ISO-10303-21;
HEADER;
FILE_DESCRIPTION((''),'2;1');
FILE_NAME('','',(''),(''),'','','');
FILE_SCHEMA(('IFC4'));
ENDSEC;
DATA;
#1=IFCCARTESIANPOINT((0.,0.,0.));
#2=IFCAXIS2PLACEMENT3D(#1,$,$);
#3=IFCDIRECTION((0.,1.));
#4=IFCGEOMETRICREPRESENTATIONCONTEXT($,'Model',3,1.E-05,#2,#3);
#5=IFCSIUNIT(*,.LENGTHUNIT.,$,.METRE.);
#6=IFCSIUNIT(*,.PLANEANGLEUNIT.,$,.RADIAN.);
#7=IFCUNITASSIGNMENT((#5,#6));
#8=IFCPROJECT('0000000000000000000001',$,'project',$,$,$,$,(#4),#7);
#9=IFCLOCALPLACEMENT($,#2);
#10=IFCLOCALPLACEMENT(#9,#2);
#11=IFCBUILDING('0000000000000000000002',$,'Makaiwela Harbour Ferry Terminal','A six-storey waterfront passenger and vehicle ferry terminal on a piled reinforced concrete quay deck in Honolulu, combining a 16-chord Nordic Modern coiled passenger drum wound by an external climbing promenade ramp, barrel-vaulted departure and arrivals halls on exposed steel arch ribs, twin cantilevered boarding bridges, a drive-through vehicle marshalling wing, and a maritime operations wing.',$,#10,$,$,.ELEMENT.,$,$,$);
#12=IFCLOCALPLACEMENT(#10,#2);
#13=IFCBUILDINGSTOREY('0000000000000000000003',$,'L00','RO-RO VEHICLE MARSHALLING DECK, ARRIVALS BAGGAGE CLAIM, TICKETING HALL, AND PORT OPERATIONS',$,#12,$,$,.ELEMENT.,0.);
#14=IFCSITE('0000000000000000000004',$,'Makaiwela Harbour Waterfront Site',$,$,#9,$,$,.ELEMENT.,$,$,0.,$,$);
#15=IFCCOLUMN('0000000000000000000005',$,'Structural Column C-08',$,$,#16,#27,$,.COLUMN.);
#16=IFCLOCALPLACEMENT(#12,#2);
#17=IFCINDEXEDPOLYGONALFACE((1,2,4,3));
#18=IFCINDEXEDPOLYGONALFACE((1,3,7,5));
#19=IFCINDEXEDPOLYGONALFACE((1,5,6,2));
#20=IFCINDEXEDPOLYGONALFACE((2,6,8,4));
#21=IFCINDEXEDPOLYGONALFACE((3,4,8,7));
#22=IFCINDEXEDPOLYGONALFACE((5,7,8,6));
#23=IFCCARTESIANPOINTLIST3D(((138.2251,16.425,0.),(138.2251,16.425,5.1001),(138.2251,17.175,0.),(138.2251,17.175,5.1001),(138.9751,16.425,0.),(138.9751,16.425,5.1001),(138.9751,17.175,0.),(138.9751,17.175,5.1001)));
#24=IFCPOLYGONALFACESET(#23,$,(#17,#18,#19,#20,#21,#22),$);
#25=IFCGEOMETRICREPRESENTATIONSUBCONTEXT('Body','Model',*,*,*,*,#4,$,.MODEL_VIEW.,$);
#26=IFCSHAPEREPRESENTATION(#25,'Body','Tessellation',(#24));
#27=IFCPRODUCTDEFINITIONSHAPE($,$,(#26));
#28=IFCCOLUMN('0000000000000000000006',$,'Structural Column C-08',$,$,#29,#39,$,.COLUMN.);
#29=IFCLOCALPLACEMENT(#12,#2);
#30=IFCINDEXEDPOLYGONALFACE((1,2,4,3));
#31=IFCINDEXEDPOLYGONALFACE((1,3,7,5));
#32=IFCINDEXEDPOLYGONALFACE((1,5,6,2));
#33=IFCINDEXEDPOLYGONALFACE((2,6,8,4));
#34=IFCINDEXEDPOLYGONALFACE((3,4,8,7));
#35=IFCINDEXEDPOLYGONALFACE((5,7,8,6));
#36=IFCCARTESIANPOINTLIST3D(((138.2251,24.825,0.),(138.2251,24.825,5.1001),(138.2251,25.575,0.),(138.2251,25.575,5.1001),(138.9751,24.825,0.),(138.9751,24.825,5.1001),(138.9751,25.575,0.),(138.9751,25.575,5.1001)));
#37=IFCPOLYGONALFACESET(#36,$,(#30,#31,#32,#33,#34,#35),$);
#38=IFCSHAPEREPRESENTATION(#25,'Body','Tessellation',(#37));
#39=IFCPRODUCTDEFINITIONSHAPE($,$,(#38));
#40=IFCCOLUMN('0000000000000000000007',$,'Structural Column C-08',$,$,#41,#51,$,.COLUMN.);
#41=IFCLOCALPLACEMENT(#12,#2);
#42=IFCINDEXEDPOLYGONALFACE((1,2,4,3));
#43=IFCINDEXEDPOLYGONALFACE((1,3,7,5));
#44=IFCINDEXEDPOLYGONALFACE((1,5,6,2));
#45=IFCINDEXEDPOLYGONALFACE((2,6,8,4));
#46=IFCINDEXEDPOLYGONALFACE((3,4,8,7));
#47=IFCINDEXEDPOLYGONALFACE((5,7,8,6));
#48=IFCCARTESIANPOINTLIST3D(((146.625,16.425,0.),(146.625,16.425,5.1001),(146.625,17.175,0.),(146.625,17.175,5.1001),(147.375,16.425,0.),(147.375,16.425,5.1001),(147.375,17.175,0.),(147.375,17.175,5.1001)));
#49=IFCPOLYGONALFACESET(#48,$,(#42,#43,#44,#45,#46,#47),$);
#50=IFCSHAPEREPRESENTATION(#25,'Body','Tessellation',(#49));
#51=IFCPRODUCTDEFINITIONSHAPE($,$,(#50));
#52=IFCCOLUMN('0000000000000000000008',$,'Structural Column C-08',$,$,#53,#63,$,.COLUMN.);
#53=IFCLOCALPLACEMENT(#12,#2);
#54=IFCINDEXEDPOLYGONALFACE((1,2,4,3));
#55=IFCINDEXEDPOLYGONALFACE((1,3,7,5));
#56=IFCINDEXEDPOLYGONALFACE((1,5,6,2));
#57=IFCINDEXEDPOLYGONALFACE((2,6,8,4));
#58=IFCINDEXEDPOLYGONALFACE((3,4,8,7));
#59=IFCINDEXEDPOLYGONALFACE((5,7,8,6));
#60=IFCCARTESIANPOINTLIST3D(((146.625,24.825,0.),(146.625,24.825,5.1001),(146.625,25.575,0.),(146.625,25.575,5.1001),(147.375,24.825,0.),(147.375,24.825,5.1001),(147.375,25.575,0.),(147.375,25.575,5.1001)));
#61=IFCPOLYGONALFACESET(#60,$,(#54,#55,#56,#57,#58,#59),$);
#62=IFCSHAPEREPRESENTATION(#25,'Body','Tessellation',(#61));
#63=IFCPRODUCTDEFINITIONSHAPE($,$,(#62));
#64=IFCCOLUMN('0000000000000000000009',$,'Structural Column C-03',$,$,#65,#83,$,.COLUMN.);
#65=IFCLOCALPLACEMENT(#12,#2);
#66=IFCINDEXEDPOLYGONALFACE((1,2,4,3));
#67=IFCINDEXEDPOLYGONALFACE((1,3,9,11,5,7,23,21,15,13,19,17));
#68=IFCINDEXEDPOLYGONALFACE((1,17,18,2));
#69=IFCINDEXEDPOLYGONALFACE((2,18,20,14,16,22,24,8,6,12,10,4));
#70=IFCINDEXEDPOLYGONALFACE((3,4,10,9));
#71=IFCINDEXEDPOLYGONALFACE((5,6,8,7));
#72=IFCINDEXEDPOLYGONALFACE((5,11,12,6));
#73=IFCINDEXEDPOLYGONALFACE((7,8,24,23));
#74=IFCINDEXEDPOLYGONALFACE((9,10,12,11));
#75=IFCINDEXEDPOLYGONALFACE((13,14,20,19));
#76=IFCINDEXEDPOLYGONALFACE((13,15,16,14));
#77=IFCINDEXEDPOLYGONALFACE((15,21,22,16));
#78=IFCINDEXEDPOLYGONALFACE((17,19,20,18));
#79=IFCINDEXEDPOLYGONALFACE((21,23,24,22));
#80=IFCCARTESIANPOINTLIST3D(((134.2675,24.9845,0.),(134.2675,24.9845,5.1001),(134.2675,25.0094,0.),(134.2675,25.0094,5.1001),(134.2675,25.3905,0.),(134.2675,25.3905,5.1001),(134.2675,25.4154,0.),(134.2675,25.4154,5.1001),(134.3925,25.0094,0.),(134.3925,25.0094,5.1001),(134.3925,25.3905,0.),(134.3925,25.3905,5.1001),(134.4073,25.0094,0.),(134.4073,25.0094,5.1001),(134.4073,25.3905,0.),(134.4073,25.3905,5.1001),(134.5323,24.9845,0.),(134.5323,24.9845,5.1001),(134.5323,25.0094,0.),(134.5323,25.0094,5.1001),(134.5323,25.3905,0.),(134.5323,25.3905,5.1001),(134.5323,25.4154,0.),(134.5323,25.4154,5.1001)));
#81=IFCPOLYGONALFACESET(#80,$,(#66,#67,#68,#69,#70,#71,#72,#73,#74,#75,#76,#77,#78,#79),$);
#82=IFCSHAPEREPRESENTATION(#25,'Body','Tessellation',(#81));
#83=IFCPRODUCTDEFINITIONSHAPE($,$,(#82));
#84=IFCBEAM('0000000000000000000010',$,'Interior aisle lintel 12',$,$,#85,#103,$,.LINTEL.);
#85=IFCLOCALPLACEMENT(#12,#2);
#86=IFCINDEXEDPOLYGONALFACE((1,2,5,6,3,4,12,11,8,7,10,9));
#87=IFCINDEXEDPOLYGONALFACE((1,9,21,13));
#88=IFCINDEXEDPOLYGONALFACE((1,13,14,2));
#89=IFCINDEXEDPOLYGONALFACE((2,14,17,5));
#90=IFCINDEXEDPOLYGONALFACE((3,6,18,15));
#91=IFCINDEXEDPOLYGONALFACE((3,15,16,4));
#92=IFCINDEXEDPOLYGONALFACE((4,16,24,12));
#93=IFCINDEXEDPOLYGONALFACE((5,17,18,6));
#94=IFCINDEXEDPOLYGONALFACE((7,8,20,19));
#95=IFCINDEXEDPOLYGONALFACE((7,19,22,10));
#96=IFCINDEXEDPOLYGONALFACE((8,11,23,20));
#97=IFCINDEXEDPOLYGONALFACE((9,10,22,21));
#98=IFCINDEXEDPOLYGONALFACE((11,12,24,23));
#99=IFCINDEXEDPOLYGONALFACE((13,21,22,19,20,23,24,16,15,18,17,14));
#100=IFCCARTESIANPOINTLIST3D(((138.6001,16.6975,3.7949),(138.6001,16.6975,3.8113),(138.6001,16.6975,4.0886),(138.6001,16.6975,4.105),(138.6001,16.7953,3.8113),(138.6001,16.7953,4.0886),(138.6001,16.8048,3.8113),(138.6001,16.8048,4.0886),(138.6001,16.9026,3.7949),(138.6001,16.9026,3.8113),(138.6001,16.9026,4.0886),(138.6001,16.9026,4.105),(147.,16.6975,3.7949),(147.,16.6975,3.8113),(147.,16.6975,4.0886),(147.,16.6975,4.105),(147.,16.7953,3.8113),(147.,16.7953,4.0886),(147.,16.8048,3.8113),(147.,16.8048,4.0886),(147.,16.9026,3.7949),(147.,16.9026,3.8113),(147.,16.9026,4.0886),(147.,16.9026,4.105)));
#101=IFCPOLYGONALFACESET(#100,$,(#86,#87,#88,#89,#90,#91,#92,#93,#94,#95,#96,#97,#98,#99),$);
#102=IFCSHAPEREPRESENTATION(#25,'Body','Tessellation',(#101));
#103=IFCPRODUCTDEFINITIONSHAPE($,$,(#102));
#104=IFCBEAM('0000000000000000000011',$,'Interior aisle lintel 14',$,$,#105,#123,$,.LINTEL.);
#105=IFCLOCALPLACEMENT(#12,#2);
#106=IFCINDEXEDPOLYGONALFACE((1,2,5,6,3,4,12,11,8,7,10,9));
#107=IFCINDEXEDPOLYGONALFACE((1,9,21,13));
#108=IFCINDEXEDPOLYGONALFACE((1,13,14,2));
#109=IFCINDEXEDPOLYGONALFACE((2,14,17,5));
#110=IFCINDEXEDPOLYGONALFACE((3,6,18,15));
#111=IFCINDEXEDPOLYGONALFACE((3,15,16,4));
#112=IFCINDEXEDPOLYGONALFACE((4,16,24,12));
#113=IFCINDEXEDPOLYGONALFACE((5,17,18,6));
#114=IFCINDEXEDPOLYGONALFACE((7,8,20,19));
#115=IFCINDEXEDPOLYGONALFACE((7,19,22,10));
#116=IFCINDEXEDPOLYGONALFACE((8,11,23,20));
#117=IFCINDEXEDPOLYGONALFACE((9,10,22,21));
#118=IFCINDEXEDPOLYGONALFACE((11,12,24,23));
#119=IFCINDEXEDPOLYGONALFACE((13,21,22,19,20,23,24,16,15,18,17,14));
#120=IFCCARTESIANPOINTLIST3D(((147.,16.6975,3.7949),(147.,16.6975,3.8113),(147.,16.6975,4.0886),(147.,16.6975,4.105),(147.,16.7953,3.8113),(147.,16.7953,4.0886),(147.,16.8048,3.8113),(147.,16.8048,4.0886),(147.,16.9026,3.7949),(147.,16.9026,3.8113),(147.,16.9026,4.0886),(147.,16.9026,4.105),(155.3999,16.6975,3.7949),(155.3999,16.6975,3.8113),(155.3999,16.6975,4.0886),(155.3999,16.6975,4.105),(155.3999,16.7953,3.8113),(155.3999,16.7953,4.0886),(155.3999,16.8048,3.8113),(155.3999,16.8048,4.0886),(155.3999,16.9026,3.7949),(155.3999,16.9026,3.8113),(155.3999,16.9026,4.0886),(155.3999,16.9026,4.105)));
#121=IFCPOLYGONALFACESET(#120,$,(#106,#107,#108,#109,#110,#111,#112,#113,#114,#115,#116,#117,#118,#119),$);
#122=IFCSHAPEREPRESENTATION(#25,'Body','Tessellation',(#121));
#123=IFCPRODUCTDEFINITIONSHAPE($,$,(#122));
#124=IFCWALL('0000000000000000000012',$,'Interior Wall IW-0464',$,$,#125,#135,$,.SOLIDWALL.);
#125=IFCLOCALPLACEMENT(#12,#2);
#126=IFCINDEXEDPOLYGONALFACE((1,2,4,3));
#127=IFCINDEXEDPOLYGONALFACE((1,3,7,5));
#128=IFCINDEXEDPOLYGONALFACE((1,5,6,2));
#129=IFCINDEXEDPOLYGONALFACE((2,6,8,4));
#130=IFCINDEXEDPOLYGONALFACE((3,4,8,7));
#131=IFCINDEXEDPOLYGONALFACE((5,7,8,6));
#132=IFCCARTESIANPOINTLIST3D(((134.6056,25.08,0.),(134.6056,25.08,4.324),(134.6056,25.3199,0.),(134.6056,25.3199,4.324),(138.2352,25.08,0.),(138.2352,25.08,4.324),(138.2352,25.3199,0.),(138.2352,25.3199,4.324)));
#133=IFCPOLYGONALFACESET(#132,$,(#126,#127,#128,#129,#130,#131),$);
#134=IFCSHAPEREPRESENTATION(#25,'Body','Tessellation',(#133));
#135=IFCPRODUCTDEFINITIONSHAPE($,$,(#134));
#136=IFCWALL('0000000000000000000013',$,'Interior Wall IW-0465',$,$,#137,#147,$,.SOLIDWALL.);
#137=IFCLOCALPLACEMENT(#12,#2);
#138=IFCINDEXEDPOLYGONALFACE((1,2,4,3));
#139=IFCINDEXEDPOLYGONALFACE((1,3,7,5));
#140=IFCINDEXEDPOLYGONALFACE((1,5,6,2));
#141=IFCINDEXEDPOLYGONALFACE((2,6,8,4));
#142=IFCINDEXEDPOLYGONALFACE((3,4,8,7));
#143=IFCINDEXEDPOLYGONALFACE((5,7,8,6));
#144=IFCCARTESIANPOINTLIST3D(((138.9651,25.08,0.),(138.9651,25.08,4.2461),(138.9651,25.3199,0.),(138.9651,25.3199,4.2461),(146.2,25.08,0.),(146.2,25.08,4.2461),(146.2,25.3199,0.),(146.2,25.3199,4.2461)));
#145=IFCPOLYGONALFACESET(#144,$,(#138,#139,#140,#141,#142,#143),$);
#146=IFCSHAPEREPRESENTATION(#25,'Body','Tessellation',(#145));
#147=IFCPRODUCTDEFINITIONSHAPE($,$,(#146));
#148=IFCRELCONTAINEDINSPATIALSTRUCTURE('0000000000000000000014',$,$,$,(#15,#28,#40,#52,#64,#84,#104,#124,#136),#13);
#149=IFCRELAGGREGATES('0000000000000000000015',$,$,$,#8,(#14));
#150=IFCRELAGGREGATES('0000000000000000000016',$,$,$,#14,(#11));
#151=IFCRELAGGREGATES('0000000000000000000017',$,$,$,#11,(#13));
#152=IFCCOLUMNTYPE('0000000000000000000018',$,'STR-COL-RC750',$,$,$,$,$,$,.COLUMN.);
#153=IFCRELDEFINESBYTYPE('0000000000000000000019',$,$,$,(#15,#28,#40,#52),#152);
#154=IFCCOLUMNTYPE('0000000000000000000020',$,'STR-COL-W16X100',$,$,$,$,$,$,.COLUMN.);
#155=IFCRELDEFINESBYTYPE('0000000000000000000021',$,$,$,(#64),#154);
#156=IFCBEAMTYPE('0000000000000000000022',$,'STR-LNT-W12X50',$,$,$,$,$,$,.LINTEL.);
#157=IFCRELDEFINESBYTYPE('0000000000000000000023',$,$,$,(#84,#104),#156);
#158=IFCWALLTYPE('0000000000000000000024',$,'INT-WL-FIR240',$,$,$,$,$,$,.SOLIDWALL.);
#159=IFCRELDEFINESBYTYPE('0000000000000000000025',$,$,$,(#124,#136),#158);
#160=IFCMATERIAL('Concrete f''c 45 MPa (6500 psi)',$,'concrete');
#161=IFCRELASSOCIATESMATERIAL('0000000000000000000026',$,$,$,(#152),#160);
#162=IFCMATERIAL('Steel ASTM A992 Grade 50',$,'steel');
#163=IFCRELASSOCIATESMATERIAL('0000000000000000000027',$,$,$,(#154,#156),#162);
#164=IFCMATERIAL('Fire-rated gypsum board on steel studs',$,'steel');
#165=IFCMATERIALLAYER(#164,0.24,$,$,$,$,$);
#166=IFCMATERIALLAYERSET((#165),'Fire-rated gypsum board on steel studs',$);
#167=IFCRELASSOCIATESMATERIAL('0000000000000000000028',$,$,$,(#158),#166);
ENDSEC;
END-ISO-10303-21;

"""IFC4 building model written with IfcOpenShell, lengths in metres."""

from ifc_helpers import new_model, si_unit, direction, frame, frame_2d, origin, origin_2d, place, context, subcontext, project, spatial, rectangle, i_section, extrude, material, layer, layer_set, material_profile, profile_set, type_object, element, save


model = new_model("IFC4")

# Units and contexts
model_context = context("Model", 3, precision=1e-05, world=origin(), true_north=direction((0.0, 1.0)))
body_context = subcontext(model_context, "Body", "Model", "MODEL_VIEW")
ifc_project = project(units=[si_unit("LENGTHUNIT", "METRE"), si_unit("PLANEANGLEUNIT", "RADIAN")], contexts=[model_context])

# Site, building, storey
site_placement = place(None, origin())
site = spatial("IfcSite", under=ifc_project, at=site_placement, Name="Makaiwela Harbour Waterfront Site", CompositionType="ELEMENT", RefElevation=0.0)
building_placement = place(site_placement, origin())
building = spatial("IfcBuilding", under=site, at=building_placement, Name="Makaiwela Harbour Ferry Terminal", Description="A six-storey waterfront passenger and vehicle ferry terminal on a piled reinforced concrete quay deck in Honolulu, combining a 16-chord Nordic Modern coiled passenger drum wound by an external climbing promenade ramp, barrel-vaulted departure and arrivals halls on exposed steel arch ribs, twin cantilevered boarding bridges, a drive-through vehicle marshalling wing, and a maritime operations wing.", CompositionType="ELEMENT")
storey_placement = place(building_placement, origin())
storey = spatial("IfcBuildingStorey", under=building, at=storey_placement, Name="L00", Description="RO-RO VEHICLE MARSHALLING DECK, ARRIVALS BAGGAGE CLAIM, TICKETING HALL, AND PORT OPERATIONS", CompositionType="ELEMENT", Elevation=0.0)

# Shared definitions
ifc_material_1 = material(Name="Concrete f'c 45 MPa (6500 psi)", Category="concrete")

# Columns
ifc_material_profile_1 = material_profile(ifc_material_1, rectangle(XDim=0.75, YDim=0.75, at=origin_2d()), Name="RC-750X750")
ifc_profile_set_1 = profile_set([ifc_material_profile_1], Name="Concrete f'c 45 MPa (6500 psi)")
column_type_1 = type_object("IfcColumnType", Name="STR-COL-RC750", PredefinedType="COLUMN", material=ifc_profile_set_1)
for number, where, z_axis, x_axis, name in (
    (1, (138.6001, 16.8, 0.0), (0.0, 0.0, 1.0), (1.0, 0.0, 0.0), "Structural Column C-08"),
    (2, (138.6001, 25.2, 0.0), (0.0, 0.0, 1.0), (1.0, 0.0, 0.0), "Structural Column C-08"),
    (3, (147.0, 16.8, 0.0), (0.0, 0.0, 1.0), (1.0, 0.0, 0.0), "Structural Column C-08"),
    (4, (147.0, 25.2, 0.0), (0.0, 0.0, 1.0), (1.0, 0.0, 0.0), "Structural Column C-08"),
):
    element("IfcColumn", number, at=place(storey_placement, frame(where, z_axis=z_axis, x_axis=x_axis)), inside=storey, type_object=column_type_1, Name=name, PredefinedType="COLUMN", context=body_context, shape_type="SweptSolid", body=[
        extrude(rectangle(XDim=0.75, YDim=0.75, at=origin_2d()), origin(), (0.0, 0.0, 1.0), 5.1001),
    ])
ifc_material_2 = material(Name="Steel ASTM A992 Grade 50", Category="steel")
ifc_material_profile_2 = material_profile(ifc_material_2, i_section(OverallWidth=0.2649, OverallDepth=0.4309, WebThickness=0.0149, FlangeThickness=0.0249, at=origin_2d()), Name="W16X100")
ifc_profile_set_2 = profile_set([ifc_material_profile_2], Name="Steel ASTM A992 Grade 50")
column_type_2 = type_object("IfcColumnType", Name="STR-COL-W16X100", PredefinedType="COLUMN", material=ifc_profile_set_2)
column_placement = place(storey_placement, frame((134.3999, 25.2, 0.0), z_axis=(0.0, 0.0, 1.0), x_axis=(1.0, 0.0, 0.0)))
element("IfcColumn", 5, at=column_placement, inside=storey, type_object=column_type_2, Name="Structural Column C-03", PredefinedType="COLUMN", context=body_context, shape_type="SweptSolid", body=[
    extrude(i_section(OverallWidth=0.2649, OverallDepth=0.4309, WebThickness=0.0149, FlangeThickness=0.0249, at=origin_2d()), origin(), (0.0, 0.0, 1.0), 5.1001),
])

# Beams
ifc_material_profile_3 = material_profile(ifc_material_2, i_section(OverallWidth=0.2051, OverallDepth=0.3101, WebThickness=0.0095, FlangeThickness=0.0164, at=origin_2d()), Name="W12X50")
ifc_profile_set_3 = profile_set([ifc_material_profile_3], Name="Steel ASTM A992 Grade 50")
beam_type = type_object("IfcBeamType", Name="STR-LNT-W12X50", PredefinedType="LINTEL", material=ifc_profile_set_3)
for number, where, z_axis, x_axis, name in (
    (6, (138.6001, 16.8, 3.95), (1.0, 0.0, 0.0), (0.0, 1.0, 0.0), "Interior aisle lintel 12"),
    (7, (147.0, 16.8, 3.95), (1.0, 0.0, 0.0), (0.0, 1.0, 0.0), "Interior aisle lintel 14"),
):
    element("IfcBeam", number, at=place(storey_placement, frame(where, z_axis=z_axis, x_axis=x_axis)), inside=storey, type_object=beam_type, Name=name, PredefinedType="LINTEL", context=body_context, shape_type="SweptSolid", body=[
        extrude(i_section(OverallWidth=0.2051, OverallDepth=0.3101, WebThickness=0.0095, FlangeThickness=0.0164, at=origin_2d()), origin(), (0.0, 0.0, 1.0), 8.3999),
    ])

# Walls
ifc_material_3 = material(Name="Fire-rated gypsum board on steel studs", Category="steel")
ifc_layer_1 = layer(ifc_material_3, 0.24)
ifc_layer_set_1 = layer_set([ifc_layer_1], Name="Fire-rated gypsum board on steel studs")
wall_type = type_object("IfcWallType", Name="INT-WL-FIR240", PredefinedType="SOLIDWALL", material=ifc_layer_set_1)
wall_1_placement = place(storey_placement, frame((134.6055, 25.2, 0.0), z_axis=(0.0, 0.0, 1.0), x_axis=(1.0, 0.0, 0.0)))
element("IfcWall", 8, at=wall_1_placement, inside=storey, type_object=wall_type, Name="Interior Wall IW-0464", PredefinedType="SOLIDWALL", context=body_context, shape_type="SweptSolid", body=[
    extrude(rectangle(XDim=3.6296, YDim=0.24, at=frame_2d((1.8149, 0.0))), origin(), (0.0, 0.0, 1.0), 4.324),
])
wall_2_placement = place(storey_placement, frame((138.9651, 25.2, 0.0), z_axis=(0.0, 0.0, 1.0), x_axis=(1.0, 0.0, 0.0)))
element("IfcWall", 9, at=wall_2_placement, inside=storey, type_object=wall_type, Name="Interior Wall IW-0465", PredefinedType="SOLIDWALL", context=body_context, shape_type="SweptSolid", body=[
    extrude(rectangle(XDim=7.2349, YDim=0.24, at=frame_2d((3.6174, 0.0))), origin(), (0.0, 0.0, 1.0), 4.2461),
])

save(model, "model.ifc")
